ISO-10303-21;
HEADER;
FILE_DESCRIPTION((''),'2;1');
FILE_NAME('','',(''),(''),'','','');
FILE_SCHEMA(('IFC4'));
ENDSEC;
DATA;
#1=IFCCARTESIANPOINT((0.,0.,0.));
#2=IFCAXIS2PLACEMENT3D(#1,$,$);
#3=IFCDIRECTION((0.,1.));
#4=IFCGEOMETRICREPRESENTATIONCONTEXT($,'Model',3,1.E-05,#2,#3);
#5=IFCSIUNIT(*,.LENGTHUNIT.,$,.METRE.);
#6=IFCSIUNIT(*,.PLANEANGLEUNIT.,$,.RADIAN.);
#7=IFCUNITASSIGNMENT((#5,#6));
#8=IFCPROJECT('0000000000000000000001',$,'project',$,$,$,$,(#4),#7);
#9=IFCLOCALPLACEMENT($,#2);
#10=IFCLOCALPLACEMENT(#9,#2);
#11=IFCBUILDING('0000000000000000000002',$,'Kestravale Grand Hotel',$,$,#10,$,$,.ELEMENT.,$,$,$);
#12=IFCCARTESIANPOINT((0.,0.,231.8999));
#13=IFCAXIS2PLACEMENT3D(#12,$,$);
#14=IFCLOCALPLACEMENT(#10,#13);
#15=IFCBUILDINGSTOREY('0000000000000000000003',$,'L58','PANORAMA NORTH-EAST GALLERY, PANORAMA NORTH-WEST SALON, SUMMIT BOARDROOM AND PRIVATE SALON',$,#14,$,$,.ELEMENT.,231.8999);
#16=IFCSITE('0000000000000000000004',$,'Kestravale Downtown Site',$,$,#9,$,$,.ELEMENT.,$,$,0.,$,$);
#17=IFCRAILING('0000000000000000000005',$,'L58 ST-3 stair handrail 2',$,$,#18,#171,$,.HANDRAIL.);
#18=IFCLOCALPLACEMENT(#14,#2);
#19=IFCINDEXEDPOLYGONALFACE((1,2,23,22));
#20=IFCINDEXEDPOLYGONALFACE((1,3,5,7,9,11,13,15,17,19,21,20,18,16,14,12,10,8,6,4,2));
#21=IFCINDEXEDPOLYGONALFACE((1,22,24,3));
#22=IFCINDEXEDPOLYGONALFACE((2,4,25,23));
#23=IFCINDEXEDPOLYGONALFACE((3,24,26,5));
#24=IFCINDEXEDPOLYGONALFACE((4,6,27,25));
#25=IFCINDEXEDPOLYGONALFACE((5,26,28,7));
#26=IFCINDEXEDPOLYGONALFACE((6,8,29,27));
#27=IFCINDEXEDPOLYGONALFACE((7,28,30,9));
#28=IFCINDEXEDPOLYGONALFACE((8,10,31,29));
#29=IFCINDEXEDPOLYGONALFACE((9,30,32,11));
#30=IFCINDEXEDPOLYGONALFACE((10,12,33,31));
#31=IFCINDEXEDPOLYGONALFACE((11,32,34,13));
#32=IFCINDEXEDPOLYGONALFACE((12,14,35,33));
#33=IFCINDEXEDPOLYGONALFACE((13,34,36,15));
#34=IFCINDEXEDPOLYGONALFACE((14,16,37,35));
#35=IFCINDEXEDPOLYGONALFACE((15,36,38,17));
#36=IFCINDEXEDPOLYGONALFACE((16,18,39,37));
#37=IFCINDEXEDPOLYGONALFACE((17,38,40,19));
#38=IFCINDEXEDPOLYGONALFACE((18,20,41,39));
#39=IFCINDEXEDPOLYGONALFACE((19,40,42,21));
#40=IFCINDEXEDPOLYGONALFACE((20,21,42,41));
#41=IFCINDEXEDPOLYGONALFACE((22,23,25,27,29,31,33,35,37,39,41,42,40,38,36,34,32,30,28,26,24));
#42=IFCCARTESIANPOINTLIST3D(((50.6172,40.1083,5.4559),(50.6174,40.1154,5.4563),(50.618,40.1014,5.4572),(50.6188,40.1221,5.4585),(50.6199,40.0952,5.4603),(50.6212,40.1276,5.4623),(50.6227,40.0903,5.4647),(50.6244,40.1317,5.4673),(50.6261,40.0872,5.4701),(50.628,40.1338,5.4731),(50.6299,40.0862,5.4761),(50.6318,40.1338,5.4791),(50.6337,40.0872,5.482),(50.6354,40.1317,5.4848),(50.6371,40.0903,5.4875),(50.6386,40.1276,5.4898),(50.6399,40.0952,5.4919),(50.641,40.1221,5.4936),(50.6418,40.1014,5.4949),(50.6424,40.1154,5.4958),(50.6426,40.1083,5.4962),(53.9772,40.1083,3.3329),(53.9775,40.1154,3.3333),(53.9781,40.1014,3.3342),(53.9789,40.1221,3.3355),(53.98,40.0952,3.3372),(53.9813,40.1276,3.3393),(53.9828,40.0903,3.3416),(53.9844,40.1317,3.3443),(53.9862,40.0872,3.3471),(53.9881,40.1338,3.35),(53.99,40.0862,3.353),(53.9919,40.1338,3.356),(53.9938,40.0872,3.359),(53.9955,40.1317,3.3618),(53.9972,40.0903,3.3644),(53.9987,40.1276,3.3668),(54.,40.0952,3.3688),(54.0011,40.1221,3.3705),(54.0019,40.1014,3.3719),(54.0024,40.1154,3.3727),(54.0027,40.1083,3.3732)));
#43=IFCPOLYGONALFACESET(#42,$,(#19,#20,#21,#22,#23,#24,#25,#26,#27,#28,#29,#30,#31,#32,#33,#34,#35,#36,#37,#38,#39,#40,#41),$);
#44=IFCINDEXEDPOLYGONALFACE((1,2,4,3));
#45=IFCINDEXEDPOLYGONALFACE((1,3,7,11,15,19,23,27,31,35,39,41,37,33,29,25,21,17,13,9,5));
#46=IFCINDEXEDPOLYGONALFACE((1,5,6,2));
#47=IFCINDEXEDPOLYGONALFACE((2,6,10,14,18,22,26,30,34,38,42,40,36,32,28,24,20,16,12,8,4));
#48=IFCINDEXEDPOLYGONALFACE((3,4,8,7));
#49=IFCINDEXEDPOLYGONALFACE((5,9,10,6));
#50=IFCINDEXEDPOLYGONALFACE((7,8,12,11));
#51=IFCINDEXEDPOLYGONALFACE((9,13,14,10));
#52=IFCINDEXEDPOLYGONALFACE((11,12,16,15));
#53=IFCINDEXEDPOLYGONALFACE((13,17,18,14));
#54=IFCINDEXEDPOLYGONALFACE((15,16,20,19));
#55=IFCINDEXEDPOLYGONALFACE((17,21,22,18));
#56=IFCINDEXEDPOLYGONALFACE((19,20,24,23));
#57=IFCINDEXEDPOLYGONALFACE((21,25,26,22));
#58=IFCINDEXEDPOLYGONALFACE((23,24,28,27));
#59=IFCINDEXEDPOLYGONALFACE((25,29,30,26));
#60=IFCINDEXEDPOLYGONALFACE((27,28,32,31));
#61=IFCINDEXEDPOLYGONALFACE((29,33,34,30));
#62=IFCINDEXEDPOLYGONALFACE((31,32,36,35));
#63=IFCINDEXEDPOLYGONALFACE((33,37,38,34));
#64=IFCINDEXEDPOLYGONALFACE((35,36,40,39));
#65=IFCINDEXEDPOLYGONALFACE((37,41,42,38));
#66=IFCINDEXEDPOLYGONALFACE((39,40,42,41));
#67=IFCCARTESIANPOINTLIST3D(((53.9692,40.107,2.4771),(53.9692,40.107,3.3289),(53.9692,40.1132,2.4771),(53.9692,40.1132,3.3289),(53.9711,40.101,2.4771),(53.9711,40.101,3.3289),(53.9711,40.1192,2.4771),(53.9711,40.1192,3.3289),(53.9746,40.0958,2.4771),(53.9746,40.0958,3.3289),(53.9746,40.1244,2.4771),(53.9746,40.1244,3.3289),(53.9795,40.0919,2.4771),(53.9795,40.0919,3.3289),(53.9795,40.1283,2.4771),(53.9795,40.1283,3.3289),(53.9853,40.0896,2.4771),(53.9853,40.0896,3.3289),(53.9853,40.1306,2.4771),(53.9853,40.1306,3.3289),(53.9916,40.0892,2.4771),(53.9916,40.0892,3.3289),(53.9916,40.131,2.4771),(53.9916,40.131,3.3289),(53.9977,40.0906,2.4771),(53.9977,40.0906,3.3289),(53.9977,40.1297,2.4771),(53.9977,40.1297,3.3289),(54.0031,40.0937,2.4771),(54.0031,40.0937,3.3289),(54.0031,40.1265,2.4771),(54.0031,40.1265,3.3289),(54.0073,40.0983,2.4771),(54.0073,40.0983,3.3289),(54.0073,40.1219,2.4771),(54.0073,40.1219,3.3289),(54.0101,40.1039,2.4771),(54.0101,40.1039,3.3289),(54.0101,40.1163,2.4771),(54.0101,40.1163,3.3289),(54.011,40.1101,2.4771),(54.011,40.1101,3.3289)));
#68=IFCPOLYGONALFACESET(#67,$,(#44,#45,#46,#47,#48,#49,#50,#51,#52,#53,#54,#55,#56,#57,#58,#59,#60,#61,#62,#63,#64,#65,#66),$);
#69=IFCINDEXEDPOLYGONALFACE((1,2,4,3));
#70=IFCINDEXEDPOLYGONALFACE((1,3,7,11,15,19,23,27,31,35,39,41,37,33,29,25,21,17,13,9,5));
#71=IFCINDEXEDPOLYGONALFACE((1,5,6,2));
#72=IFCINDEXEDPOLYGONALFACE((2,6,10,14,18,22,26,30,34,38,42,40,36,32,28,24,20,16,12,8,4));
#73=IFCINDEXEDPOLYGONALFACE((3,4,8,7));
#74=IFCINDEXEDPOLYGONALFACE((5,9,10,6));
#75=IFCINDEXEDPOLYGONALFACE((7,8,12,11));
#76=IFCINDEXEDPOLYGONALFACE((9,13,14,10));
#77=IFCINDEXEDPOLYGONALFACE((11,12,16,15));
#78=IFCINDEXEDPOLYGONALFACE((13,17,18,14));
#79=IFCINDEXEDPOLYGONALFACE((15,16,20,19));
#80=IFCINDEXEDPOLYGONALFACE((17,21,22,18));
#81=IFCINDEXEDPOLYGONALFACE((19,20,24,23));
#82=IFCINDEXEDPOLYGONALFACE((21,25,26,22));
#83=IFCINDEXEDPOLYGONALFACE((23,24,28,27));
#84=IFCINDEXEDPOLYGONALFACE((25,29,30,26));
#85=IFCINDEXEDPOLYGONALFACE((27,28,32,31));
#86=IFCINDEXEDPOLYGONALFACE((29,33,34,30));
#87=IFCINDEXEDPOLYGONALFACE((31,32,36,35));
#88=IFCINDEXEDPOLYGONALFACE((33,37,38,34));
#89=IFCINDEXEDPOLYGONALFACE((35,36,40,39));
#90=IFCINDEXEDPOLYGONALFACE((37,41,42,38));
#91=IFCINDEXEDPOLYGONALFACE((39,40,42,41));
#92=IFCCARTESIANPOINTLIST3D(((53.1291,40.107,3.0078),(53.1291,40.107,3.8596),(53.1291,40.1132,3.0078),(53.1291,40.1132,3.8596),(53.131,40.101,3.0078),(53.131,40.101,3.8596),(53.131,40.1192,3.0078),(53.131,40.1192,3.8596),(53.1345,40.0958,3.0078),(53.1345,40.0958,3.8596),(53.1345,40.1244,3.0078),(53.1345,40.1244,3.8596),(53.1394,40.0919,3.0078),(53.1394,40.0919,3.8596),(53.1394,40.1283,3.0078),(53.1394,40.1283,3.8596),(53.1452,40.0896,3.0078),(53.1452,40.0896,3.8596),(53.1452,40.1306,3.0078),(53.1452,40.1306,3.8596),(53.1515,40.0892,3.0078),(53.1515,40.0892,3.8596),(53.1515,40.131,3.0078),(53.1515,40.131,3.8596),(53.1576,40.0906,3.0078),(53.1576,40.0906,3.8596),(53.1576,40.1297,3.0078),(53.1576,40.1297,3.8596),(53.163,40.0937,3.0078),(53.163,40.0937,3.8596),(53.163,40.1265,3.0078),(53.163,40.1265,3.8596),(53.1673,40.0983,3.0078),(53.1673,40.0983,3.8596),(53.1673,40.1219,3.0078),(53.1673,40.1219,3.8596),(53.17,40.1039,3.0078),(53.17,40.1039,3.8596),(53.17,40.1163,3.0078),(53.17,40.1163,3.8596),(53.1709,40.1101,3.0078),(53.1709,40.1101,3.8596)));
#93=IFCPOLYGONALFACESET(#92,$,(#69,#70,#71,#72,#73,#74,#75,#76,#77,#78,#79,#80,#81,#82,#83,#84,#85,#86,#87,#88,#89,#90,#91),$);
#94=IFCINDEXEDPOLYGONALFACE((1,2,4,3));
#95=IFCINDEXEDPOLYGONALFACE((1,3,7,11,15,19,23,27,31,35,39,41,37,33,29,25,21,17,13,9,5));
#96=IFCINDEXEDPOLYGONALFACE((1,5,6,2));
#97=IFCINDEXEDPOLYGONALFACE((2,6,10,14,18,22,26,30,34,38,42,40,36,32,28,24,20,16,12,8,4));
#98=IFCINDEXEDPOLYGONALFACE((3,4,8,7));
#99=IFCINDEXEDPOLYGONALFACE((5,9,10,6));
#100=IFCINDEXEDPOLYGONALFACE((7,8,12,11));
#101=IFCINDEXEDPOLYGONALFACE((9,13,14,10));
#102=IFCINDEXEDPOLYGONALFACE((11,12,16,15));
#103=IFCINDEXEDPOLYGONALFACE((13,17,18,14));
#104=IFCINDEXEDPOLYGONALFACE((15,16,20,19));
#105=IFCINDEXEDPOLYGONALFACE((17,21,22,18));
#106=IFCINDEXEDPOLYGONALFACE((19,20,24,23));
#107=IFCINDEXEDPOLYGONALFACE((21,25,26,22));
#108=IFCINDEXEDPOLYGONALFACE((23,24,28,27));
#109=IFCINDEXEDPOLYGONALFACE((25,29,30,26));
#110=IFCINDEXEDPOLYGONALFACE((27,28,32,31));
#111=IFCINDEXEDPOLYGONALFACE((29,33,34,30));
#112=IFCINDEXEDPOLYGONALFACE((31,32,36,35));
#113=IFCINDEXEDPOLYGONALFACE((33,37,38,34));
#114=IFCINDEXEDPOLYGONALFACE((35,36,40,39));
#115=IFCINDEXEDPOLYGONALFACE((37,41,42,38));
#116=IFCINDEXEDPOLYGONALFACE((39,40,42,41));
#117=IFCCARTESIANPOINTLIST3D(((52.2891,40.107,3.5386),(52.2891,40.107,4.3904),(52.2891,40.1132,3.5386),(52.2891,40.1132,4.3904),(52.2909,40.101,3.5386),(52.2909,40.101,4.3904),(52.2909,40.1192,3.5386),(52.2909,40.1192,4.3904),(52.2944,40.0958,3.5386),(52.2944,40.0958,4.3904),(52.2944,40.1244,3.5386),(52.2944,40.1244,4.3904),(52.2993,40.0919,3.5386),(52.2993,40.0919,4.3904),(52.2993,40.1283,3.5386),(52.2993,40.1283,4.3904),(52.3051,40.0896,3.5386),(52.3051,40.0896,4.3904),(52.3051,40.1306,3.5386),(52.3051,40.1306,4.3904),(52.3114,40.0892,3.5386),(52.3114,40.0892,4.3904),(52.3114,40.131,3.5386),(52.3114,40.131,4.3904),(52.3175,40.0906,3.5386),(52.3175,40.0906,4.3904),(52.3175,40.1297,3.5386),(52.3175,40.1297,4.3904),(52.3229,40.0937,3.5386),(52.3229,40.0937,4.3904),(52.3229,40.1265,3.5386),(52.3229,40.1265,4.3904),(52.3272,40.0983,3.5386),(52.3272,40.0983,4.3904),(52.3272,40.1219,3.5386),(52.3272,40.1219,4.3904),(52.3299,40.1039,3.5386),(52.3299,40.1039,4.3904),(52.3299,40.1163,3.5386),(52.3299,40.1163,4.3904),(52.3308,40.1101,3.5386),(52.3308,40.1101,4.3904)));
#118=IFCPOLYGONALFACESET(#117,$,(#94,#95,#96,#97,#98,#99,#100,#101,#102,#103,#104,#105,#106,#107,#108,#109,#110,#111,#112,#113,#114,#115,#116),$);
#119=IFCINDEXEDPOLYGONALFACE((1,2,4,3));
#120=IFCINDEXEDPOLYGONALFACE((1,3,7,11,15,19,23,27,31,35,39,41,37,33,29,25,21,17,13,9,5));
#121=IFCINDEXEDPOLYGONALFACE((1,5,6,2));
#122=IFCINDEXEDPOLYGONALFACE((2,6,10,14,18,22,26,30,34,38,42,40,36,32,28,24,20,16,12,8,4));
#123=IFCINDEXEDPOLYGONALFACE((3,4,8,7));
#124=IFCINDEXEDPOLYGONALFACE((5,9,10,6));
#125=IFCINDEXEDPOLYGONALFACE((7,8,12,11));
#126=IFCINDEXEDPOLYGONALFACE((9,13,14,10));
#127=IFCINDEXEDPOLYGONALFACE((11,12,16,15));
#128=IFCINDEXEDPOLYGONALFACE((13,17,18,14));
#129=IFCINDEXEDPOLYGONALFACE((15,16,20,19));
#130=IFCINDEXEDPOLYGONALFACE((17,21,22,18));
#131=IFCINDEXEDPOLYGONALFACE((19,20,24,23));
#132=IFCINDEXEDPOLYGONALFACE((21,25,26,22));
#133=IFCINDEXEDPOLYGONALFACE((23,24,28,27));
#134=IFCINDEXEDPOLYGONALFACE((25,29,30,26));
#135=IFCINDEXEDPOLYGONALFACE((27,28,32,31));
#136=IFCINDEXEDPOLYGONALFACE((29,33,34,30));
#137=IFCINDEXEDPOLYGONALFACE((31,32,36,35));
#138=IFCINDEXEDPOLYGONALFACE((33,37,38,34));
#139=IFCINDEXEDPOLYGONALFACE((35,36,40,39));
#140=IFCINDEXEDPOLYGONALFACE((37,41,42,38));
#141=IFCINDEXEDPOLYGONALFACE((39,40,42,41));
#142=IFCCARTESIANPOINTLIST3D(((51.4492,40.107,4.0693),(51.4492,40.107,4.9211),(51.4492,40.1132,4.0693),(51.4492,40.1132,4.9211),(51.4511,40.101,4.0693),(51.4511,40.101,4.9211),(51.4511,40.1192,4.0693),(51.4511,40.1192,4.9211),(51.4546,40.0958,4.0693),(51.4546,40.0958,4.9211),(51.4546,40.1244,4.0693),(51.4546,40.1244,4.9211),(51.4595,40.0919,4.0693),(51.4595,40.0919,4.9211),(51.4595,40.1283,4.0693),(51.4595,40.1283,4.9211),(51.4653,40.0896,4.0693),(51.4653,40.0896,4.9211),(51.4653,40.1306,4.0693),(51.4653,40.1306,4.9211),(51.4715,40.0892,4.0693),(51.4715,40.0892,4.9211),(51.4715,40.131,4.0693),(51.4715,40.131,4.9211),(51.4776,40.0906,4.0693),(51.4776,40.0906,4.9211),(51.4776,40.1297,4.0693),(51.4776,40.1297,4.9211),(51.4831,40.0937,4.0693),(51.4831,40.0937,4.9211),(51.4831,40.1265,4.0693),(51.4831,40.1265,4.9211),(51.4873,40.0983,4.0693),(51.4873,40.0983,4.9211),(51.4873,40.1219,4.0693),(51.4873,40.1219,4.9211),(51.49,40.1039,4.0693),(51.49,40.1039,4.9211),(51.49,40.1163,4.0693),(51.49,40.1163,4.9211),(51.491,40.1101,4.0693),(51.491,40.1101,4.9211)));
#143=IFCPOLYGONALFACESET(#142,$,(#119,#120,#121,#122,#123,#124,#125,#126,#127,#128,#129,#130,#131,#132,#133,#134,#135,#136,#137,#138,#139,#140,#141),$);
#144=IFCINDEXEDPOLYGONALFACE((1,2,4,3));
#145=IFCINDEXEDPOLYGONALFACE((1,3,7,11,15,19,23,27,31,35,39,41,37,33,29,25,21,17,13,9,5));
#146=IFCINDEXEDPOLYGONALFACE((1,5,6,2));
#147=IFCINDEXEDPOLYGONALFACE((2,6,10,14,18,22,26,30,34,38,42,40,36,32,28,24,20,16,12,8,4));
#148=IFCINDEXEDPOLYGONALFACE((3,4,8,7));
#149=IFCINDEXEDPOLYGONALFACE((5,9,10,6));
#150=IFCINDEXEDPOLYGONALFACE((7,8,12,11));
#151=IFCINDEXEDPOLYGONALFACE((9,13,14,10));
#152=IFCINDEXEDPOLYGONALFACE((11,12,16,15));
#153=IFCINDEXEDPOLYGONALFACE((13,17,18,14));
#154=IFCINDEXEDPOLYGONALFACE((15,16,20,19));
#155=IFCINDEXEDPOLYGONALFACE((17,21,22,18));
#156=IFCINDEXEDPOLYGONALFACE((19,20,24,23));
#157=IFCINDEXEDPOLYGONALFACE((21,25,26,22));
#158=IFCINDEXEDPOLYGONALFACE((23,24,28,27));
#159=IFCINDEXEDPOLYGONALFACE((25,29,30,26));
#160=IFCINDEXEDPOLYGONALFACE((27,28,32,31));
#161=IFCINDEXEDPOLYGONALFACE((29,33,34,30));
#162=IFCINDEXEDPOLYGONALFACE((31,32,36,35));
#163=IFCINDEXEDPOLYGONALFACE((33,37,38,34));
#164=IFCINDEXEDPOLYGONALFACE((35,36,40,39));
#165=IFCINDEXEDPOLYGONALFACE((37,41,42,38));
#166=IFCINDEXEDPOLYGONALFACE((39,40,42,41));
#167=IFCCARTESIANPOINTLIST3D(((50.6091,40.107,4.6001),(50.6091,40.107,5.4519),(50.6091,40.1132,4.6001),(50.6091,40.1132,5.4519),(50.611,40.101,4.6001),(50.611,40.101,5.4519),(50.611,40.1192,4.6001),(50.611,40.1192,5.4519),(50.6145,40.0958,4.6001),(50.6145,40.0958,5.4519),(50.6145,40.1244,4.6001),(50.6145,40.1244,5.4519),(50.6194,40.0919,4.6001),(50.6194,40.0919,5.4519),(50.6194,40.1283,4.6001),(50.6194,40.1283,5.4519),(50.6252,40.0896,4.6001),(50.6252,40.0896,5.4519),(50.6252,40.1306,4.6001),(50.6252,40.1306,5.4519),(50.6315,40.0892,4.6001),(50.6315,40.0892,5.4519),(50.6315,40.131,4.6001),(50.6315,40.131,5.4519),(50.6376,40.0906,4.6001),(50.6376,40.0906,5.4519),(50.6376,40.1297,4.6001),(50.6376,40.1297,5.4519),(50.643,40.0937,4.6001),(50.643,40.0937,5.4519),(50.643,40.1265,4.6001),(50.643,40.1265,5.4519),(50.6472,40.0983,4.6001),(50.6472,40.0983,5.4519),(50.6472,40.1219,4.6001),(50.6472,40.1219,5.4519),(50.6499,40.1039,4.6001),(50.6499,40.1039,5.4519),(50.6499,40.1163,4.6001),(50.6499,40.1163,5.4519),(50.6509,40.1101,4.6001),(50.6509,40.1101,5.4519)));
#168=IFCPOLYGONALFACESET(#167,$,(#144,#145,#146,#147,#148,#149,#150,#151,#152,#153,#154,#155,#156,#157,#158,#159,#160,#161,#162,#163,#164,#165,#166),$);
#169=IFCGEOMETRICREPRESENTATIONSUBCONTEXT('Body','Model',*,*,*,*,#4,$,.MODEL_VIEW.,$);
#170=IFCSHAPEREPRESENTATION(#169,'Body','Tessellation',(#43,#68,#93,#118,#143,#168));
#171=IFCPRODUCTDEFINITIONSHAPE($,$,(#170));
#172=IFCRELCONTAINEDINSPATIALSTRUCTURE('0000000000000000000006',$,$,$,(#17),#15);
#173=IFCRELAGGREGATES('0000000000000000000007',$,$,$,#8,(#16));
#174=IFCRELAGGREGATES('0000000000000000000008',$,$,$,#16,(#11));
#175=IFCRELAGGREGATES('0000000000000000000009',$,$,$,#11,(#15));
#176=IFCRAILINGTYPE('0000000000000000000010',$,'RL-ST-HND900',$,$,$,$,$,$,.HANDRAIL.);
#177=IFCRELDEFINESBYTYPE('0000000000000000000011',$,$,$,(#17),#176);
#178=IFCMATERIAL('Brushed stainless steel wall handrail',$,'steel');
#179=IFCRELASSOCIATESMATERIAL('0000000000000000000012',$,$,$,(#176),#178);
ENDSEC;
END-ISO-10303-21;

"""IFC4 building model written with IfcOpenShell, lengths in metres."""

from ifc_helpers import new_model, si_unit, direction, frame, origin, origin_2d, place, context, subcontext, project, spatial, circle, extrude, material, type_object, element, save


model = new_model("IFC4")

# Units and contexts
model_context = context("Model", 3, precision=1e-05, world=origin(), true_north=direction((0.0, 1.0)))
body_context = subcontext(model_context, "Body", "Model", "MODEL_VIEW")
ifc_project = project(units=[si_unit("LENGTHUNIT", "METRE"), si_unit("PLANEANGLEUNIT", "RADIAN")], contexts=[model_context])

# Site, building, storey
site_placement = place(None, origin())
site = spatial("IfcSite", under=ifc_project, at=site_placement, Name="Kestravale Downtown Site", CompositionType="ELEMENT", RefElevation=0.0)
building_placement = place(site_placement, origin())
building = spatial("IfcBuilding", under=site, at=building_placement, Name="Kestravale Grand Hotel", CompositionType="ELEMENT")
storey_placement = place(building_placement, frame((0.0, 0.0, 231.8999)))
storey = spatial("IfcBuildingStorey", under=building, at=storey_placement, Name="L58", Description="PANORAMA NORTH-EAST GALLERY, PANORAMA NORTH-WEST SALON, SUMMIT BOARDROOM AND PRIVATE SALON", CompositionType="ELEMENT", Elevation=231.8999)

# Railing
ifc_material_1 = material(Name="Brushed stainless steel wall handrail", Category="steel")
railing_type_1 = type_object("IfcRailingType", Name="RL-ST-HND900", PredefinedType="HANDRAIL", material=ifc_material_1)
railing_1_placement = place(storey_placement, frame((53.99, 40.1101, 2.4771)))
element("IfcRailing", 1, at=railing_1_placement, inside=storey, type_object=railing_type_1, Name="L58 ST-3 stair handrail 2", PredefinedType="HANDRAIL", context=body_context, shape_type="SweptSolid", body=[
    extrude(circle(Radius=0.0239, at=origin_2d()), frame((0.0, 0.0, 0.876), z_axis=(-0.84539, 0.0, 0.53415), x_axis=(0.0, -1.0, 0.0)), (0.0, 0.0, 1.0), 3.9746),
    extrude(circle(Radius=0.021, at=origin_2d()), origin(), (0.0, 0.0, 1.0), 0.8518),
    extrude(circle(Radius=0.021, at=origin_2d()), frame((-0.8401, 0.0, 0.5308)), (0.0, 0.0, 1.0), 0.8518),
    extrude(circle(Radius=0.021, at=origin_2d()), frame((-1.6802, 0.0, 1.0615)), (0.0, 0.0, 1.0), 0.8518),
    extrude(circle(Radius=0.021, at=origin_2d()), frame((-2.52, 0.0, 1.5923)), (0.0, 0.0, 1.0), 0.8518),
    extrude(circle(Radius=0.021, at=origin_2d()), frame((-3.3601, 0.0, 2.123)), (0.0, 0.0, 1.0), 0.8518),
])

save(model, "model.ifc")
